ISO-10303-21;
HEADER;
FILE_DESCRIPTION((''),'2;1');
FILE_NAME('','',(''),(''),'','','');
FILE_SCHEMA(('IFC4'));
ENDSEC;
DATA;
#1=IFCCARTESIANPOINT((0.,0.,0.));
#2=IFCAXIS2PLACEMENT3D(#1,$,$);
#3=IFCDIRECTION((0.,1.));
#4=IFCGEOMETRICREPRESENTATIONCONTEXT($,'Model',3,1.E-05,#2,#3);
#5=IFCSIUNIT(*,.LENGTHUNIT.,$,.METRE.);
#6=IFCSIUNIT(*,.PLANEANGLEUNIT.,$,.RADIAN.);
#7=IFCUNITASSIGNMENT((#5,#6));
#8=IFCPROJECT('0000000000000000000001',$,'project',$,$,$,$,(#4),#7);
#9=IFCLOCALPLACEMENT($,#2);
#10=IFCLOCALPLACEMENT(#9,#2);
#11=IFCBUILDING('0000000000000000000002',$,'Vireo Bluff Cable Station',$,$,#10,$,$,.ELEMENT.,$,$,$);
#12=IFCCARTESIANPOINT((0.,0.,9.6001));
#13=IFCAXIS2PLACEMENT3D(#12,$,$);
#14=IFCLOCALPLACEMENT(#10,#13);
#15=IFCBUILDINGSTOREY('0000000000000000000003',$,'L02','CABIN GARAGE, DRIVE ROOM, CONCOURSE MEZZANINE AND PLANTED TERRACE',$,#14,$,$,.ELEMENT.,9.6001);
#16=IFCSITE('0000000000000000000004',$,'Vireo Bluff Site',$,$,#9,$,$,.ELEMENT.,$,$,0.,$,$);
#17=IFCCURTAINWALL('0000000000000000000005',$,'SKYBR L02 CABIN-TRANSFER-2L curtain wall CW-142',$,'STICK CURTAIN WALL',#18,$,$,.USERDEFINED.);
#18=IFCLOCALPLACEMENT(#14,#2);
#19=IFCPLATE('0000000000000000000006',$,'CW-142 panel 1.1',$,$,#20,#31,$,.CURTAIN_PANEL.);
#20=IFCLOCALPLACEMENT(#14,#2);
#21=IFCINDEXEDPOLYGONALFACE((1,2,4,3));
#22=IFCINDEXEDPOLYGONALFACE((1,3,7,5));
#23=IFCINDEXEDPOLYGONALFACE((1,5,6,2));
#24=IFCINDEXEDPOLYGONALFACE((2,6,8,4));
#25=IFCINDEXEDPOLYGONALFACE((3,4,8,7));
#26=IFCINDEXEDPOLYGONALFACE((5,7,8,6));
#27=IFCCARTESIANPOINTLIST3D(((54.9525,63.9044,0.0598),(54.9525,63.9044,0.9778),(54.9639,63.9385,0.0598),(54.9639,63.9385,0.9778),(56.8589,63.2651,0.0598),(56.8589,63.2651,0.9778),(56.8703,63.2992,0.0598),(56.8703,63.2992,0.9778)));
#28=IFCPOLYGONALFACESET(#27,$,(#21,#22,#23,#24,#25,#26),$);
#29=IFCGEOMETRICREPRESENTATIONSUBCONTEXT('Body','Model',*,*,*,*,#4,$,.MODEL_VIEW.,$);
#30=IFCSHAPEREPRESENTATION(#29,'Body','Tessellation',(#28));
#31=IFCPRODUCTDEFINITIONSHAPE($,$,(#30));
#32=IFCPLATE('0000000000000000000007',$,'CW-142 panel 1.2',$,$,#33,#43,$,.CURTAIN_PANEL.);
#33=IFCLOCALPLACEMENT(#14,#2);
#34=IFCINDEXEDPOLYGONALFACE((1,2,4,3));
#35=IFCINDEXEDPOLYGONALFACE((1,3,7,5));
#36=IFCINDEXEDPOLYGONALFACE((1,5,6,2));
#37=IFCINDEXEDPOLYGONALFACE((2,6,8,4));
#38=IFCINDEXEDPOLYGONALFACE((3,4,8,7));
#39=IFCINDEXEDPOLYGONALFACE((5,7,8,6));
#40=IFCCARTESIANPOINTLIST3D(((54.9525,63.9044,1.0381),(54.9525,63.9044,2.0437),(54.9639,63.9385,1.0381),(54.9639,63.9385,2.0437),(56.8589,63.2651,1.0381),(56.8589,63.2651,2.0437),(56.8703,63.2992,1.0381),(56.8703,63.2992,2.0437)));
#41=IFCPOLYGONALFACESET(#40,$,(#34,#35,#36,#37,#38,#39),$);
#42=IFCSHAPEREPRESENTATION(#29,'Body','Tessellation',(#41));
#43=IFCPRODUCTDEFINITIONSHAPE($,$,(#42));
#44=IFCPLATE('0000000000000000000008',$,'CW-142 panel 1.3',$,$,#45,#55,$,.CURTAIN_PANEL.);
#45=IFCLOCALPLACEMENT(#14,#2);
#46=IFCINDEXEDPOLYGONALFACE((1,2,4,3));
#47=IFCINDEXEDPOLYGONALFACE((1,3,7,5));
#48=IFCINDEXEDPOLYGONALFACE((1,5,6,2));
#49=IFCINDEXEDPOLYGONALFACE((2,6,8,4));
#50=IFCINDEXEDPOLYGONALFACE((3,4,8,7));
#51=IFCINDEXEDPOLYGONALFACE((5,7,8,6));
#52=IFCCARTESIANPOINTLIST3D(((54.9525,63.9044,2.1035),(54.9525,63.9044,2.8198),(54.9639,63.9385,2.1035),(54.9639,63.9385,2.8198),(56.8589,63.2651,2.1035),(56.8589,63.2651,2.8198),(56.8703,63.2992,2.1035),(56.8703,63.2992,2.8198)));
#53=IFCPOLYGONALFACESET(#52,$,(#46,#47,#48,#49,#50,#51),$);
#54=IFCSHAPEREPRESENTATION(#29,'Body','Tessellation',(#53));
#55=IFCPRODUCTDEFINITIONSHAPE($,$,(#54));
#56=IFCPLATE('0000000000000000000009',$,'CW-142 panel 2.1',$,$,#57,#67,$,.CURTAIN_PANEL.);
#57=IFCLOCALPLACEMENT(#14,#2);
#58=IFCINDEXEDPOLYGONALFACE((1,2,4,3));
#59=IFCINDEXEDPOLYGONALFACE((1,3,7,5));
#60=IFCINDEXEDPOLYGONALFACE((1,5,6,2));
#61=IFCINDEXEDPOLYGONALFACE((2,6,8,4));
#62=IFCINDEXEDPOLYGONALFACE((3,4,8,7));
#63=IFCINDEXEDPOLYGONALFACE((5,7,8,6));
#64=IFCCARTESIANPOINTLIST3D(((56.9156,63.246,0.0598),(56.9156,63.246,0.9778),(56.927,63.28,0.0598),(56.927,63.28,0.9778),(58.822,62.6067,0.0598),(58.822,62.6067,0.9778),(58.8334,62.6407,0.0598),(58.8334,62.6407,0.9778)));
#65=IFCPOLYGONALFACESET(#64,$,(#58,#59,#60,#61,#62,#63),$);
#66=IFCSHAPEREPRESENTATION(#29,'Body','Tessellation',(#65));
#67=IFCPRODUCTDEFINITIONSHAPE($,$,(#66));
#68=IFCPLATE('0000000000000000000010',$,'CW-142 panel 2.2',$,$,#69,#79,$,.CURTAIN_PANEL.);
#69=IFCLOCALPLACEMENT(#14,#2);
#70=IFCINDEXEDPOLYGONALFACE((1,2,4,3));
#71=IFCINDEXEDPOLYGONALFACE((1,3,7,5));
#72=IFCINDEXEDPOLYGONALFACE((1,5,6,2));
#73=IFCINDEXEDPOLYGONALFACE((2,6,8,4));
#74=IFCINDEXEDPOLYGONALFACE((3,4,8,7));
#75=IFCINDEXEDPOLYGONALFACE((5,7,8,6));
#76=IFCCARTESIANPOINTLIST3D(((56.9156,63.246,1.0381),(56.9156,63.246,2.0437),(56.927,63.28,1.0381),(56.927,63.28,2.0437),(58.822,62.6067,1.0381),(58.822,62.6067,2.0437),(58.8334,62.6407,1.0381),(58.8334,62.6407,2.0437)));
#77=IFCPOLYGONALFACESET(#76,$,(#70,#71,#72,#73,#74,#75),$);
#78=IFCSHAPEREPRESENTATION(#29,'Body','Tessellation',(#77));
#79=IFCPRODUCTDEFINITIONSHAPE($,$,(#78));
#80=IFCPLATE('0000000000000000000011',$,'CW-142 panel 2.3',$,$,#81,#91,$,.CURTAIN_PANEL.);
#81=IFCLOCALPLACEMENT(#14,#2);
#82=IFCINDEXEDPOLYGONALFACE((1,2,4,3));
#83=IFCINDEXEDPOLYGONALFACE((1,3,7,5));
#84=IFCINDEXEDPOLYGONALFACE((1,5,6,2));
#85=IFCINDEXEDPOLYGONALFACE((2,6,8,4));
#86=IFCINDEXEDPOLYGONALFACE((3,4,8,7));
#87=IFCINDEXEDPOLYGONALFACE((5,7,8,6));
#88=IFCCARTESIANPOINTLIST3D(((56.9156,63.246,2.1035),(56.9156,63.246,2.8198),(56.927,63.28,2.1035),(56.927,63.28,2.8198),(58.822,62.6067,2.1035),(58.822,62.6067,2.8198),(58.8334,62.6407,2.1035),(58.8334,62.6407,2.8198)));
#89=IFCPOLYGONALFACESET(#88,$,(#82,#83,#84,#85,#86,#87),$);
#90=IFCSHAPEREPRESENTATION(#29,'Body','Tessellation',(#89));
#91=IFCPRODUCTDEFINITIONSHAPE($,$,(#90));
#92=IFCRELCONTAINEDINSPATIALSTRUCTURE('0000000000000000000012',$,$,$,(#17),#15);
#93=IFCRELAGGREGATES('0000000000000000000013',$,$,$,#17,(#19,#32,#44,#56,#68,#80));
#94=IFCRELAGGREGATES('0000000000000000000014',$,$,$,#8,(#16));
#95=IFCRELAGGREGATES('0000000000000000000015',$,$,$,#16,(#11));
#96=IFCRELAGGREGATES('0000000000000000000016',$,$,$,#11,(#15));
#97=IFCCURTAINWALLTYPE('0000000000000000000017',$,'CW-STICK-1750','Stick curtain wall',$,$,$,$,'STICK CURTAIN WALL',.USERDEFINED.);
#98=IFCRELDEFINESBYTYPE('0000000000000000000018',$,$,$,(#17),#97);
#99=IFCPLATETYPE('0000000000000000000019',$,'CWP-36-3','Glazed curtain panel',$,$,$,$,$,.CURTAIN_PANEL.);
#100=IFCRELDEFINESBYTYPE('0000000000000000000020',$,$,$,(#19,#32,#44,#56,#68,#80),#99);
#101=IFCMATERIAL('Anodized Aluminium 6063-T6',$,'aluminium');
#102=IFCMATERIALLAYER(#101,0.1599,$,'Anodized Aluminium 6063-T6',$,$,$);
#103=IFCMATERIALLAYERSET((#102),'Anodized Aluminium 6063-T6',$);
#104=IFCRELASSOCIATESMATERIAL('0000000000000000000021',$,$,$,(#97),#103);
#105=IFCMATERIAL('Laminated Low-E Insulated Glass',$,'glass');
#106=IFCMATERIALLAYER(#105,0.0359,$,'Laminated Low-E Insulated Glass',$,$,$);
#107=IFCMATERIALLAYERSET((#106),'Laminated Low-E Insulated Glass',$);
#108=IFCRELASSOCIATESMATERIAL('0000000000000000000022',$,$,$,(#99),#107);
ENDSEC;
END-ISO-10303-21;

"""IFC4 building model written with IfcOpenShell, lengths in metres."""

from ifc_helpers import new_model, si_unit, direction, frame, origin, origin_2d, place, context, subcontext, project, spatial, rectangle, extrude, material, layer, layer_set, type_object, element, aggregate, save


model = new_model("IFC4")

# Units and contexts
model_context = context("Model", 3, precision=1e-05, world=origin(), true_north=direction((0.0, 1.0)))
body_context = subcontext(model_context, "Body", "Model", "MODEL_VIEW")
ifc_project = project(units=[si_unit("LENGTHUNIT", "METRE"), si_unit("PLANEANGLEUNIT", "RADIAN")], contexts=[model_context])

# Site, building, storey
site_placement = place(None, origin())
site = spatial("IfcSite", under=ifc_project, at=site_placement, Name="Vireo Bluff Site", CompositionType="ELEMENT", RefElevation=0.0)
building_placement = place(site_placement, origin())
building = spatial("IfcBuilding", under=site, at=building_placement, Name="Vireo Bluff Cable Station", CompositionType="ELEMENT")
storey_placement = place(building_placement, frame((0.0, 0.0, 9.6001)))
storey = spatial("IfcBuildingStorey", under=building, at=storey_placement, Name="L02", Description="CABIN GARAGE, DRIVE ROOM, CONCOURSE MEZZANINE AND PLANTED TERRACE", CompositionType="ELEMENT", Elevation=9.6001)

# Shared definitions
ifc_material_1 = material(Name="Anodized Aluminium 6063-T6", Category="aluminium")
ifc_layer_1 = layer(ifc_material_1, 0.1599, Name="Anodized Aluminium 6063-T6")
ifc_layer_set_1 = layer_set([ifc_layer_1], Name="Anodized Aluminium 6063-T6")
curtain_wall_type = type_object("IfcCurtainWallType", Name="CW-STICK-1750", Description="Stick curtain wall", ElementType="STICK CURTAIN WALL", PredefinedType="USERDEFINED", material=ifc_layer_set_1)

# Curtain wall
curtain_wall_1_placement = place(storey_placement, origin())
curtain_wall_1 = element("IfcCurtainWall", 1, at=curtain_wall_1_placement, inside=storey, type_object=curtain_wall_type, Name="SKYBR L02 CABIN-TRANSFER-2L curtain wall CW-142", ObjectType="STICK CURTAIN WALL", PredefinedType="USERDEFINED")

# Plates
ifc_material_2 = material(Name="Laminated Low-E Insulated Glass", Category="glass")
ifc_layer_2 = layer(ifc_material_2, 0.0359, Name="Laminated Low-E Insulated Glass")
ifc_layer_set_2 = layer_set([ifc_layer_2], Name="Laminated Low-E Insulated Glass")
plate_type = type_object("IfcPlateType", Name="CWP-36-3", Description="Glazed curtain panel", PredefinedType="CURTAIN_PANEL", material=ifc_layer_set_2)
plate_1_placement = place(storey_placement, frame((55.9114, 63.6018, 0.0598), z_axis=(0.0, 0.0, 1.0), x_axis=(0.948111, -0.317941, 0.0)))
plate_1 = element("IfcPlate", 2, at=plate_1_placement, type_object=plate_type, Name="CW-142 panel 1.1", PredefinedType="CURTAIN_PANEL", context=body_context, shape_type="SweptSolid", body=[
    extrude(rectangle(XDim=2.0107, YDim=0.0359, at=origin_2d()), origin(), (0.0, 0.0, 1.0), 0.918),
])
plate_2_placement = place(storey_placement, frame((55.9114, 63.6018, 1.0381), z_axis=(0.0, 0.0, 1.0), x_axis=(0.948111, -0.317941, 0.0)))
plate_2 = element("IfcPlate", 3, at=plate_2_placement, type_object=plate_type, Name="CW-142 panel 1.2", PredefinedType="CURTAIN_PANEL", context=body_context, shape_type="SweptSolid", body=[
    extrude(rectangle(XDim=2.0107, YDim=0.0359, at=origin_2d()), origin(), (0.0, 0.0, 1.0), 1.0056),
])
plate_3_placement = place(storey_placement, frame((55.9114, 63.6018, 2.1035), z_axis=(0.0, 0.0, 1.0), x_axis=(0.948111, -0.317941, 0.0)))
plate_3 = element("IfcPlate", 4, at=plate_3_placement, type_object=plate_type, Name="CW-142 panel 1.3", PredefinedType="CURTAIN_PANEL", context=body_context, shape_type="SweptSolid", body=[
    extrude(rectangle(XDim=2.0107, YDim=0.0359, at=origin_2d()), origin(), (0.0, 0.0, 1.0), 0.7163),
])
plate_4_placement = place(storey_placement, frame((57.8745, 62.9434, 0.0598), z_axis=(0.0, 0.0, 1.0), x_axis=(0.948111, -0.317941, 0.0)))
plate_4 = element("IfcPlate", 5, at=plate_4_placement, type_object=plate_type, Name="CW-142 panel 2.1", PredefinedType="CURTAIN_PANEL", context=body_context, shape_type="SweptSolid", body=[
    extrude(rectangle(XDim=2.0107, YDim=0.0359, at=origin_2d()), origin(), (0.0, 0.0, 1.0), 0.918),
])
plate_5_placement = place(storey_placement, frame((57.8745, 62.9434, 1.0381), z_axis=(0.0, 0.0, 1.0), x_axis=(0.948111, -0.317941, 0.0)))
plate_5 = element("IfcPlate", 6, at=plate_5_placement, type_object=plate_type, Name="CW-142 panel 2.2", PredefinedType="CURTAIN_PANEL", context=body_context, shape_type="SweptSolid", body=[
    extrude(rectangle(XDim=2.0107, YDim=0.0359, at=origin_2d()), origin(), (0.0, 0.0, 1.0), 1.0056),
])
plate_6_placement = place(storey_placement, frame((57.8745, 62.9434, 2.1035), z_axis=(0.0, 0.0, 1.0), x_axis=(0.948111, -0.317941, 0.0)))
plate_6 = element("IfcPlate", 7, at=plate_6_placement, type_object=plate_type, Name="CW-142 panel 2.3", PredefinedType="CURTAIN_PANEL", context=body_context, shape_type="SweptSolid", body=[
    extrude(rectangle(XDim=2.0107, YDim=0.0359, at=origin_2d()), origin(), (0.0, 0.0, 1.0), 0.7163),
])
aggregate(curtain_wall_1, [plate_1, plate_2, plate_3, plate_4, plate_5, plate_6])

save(model, "model.ifc")
